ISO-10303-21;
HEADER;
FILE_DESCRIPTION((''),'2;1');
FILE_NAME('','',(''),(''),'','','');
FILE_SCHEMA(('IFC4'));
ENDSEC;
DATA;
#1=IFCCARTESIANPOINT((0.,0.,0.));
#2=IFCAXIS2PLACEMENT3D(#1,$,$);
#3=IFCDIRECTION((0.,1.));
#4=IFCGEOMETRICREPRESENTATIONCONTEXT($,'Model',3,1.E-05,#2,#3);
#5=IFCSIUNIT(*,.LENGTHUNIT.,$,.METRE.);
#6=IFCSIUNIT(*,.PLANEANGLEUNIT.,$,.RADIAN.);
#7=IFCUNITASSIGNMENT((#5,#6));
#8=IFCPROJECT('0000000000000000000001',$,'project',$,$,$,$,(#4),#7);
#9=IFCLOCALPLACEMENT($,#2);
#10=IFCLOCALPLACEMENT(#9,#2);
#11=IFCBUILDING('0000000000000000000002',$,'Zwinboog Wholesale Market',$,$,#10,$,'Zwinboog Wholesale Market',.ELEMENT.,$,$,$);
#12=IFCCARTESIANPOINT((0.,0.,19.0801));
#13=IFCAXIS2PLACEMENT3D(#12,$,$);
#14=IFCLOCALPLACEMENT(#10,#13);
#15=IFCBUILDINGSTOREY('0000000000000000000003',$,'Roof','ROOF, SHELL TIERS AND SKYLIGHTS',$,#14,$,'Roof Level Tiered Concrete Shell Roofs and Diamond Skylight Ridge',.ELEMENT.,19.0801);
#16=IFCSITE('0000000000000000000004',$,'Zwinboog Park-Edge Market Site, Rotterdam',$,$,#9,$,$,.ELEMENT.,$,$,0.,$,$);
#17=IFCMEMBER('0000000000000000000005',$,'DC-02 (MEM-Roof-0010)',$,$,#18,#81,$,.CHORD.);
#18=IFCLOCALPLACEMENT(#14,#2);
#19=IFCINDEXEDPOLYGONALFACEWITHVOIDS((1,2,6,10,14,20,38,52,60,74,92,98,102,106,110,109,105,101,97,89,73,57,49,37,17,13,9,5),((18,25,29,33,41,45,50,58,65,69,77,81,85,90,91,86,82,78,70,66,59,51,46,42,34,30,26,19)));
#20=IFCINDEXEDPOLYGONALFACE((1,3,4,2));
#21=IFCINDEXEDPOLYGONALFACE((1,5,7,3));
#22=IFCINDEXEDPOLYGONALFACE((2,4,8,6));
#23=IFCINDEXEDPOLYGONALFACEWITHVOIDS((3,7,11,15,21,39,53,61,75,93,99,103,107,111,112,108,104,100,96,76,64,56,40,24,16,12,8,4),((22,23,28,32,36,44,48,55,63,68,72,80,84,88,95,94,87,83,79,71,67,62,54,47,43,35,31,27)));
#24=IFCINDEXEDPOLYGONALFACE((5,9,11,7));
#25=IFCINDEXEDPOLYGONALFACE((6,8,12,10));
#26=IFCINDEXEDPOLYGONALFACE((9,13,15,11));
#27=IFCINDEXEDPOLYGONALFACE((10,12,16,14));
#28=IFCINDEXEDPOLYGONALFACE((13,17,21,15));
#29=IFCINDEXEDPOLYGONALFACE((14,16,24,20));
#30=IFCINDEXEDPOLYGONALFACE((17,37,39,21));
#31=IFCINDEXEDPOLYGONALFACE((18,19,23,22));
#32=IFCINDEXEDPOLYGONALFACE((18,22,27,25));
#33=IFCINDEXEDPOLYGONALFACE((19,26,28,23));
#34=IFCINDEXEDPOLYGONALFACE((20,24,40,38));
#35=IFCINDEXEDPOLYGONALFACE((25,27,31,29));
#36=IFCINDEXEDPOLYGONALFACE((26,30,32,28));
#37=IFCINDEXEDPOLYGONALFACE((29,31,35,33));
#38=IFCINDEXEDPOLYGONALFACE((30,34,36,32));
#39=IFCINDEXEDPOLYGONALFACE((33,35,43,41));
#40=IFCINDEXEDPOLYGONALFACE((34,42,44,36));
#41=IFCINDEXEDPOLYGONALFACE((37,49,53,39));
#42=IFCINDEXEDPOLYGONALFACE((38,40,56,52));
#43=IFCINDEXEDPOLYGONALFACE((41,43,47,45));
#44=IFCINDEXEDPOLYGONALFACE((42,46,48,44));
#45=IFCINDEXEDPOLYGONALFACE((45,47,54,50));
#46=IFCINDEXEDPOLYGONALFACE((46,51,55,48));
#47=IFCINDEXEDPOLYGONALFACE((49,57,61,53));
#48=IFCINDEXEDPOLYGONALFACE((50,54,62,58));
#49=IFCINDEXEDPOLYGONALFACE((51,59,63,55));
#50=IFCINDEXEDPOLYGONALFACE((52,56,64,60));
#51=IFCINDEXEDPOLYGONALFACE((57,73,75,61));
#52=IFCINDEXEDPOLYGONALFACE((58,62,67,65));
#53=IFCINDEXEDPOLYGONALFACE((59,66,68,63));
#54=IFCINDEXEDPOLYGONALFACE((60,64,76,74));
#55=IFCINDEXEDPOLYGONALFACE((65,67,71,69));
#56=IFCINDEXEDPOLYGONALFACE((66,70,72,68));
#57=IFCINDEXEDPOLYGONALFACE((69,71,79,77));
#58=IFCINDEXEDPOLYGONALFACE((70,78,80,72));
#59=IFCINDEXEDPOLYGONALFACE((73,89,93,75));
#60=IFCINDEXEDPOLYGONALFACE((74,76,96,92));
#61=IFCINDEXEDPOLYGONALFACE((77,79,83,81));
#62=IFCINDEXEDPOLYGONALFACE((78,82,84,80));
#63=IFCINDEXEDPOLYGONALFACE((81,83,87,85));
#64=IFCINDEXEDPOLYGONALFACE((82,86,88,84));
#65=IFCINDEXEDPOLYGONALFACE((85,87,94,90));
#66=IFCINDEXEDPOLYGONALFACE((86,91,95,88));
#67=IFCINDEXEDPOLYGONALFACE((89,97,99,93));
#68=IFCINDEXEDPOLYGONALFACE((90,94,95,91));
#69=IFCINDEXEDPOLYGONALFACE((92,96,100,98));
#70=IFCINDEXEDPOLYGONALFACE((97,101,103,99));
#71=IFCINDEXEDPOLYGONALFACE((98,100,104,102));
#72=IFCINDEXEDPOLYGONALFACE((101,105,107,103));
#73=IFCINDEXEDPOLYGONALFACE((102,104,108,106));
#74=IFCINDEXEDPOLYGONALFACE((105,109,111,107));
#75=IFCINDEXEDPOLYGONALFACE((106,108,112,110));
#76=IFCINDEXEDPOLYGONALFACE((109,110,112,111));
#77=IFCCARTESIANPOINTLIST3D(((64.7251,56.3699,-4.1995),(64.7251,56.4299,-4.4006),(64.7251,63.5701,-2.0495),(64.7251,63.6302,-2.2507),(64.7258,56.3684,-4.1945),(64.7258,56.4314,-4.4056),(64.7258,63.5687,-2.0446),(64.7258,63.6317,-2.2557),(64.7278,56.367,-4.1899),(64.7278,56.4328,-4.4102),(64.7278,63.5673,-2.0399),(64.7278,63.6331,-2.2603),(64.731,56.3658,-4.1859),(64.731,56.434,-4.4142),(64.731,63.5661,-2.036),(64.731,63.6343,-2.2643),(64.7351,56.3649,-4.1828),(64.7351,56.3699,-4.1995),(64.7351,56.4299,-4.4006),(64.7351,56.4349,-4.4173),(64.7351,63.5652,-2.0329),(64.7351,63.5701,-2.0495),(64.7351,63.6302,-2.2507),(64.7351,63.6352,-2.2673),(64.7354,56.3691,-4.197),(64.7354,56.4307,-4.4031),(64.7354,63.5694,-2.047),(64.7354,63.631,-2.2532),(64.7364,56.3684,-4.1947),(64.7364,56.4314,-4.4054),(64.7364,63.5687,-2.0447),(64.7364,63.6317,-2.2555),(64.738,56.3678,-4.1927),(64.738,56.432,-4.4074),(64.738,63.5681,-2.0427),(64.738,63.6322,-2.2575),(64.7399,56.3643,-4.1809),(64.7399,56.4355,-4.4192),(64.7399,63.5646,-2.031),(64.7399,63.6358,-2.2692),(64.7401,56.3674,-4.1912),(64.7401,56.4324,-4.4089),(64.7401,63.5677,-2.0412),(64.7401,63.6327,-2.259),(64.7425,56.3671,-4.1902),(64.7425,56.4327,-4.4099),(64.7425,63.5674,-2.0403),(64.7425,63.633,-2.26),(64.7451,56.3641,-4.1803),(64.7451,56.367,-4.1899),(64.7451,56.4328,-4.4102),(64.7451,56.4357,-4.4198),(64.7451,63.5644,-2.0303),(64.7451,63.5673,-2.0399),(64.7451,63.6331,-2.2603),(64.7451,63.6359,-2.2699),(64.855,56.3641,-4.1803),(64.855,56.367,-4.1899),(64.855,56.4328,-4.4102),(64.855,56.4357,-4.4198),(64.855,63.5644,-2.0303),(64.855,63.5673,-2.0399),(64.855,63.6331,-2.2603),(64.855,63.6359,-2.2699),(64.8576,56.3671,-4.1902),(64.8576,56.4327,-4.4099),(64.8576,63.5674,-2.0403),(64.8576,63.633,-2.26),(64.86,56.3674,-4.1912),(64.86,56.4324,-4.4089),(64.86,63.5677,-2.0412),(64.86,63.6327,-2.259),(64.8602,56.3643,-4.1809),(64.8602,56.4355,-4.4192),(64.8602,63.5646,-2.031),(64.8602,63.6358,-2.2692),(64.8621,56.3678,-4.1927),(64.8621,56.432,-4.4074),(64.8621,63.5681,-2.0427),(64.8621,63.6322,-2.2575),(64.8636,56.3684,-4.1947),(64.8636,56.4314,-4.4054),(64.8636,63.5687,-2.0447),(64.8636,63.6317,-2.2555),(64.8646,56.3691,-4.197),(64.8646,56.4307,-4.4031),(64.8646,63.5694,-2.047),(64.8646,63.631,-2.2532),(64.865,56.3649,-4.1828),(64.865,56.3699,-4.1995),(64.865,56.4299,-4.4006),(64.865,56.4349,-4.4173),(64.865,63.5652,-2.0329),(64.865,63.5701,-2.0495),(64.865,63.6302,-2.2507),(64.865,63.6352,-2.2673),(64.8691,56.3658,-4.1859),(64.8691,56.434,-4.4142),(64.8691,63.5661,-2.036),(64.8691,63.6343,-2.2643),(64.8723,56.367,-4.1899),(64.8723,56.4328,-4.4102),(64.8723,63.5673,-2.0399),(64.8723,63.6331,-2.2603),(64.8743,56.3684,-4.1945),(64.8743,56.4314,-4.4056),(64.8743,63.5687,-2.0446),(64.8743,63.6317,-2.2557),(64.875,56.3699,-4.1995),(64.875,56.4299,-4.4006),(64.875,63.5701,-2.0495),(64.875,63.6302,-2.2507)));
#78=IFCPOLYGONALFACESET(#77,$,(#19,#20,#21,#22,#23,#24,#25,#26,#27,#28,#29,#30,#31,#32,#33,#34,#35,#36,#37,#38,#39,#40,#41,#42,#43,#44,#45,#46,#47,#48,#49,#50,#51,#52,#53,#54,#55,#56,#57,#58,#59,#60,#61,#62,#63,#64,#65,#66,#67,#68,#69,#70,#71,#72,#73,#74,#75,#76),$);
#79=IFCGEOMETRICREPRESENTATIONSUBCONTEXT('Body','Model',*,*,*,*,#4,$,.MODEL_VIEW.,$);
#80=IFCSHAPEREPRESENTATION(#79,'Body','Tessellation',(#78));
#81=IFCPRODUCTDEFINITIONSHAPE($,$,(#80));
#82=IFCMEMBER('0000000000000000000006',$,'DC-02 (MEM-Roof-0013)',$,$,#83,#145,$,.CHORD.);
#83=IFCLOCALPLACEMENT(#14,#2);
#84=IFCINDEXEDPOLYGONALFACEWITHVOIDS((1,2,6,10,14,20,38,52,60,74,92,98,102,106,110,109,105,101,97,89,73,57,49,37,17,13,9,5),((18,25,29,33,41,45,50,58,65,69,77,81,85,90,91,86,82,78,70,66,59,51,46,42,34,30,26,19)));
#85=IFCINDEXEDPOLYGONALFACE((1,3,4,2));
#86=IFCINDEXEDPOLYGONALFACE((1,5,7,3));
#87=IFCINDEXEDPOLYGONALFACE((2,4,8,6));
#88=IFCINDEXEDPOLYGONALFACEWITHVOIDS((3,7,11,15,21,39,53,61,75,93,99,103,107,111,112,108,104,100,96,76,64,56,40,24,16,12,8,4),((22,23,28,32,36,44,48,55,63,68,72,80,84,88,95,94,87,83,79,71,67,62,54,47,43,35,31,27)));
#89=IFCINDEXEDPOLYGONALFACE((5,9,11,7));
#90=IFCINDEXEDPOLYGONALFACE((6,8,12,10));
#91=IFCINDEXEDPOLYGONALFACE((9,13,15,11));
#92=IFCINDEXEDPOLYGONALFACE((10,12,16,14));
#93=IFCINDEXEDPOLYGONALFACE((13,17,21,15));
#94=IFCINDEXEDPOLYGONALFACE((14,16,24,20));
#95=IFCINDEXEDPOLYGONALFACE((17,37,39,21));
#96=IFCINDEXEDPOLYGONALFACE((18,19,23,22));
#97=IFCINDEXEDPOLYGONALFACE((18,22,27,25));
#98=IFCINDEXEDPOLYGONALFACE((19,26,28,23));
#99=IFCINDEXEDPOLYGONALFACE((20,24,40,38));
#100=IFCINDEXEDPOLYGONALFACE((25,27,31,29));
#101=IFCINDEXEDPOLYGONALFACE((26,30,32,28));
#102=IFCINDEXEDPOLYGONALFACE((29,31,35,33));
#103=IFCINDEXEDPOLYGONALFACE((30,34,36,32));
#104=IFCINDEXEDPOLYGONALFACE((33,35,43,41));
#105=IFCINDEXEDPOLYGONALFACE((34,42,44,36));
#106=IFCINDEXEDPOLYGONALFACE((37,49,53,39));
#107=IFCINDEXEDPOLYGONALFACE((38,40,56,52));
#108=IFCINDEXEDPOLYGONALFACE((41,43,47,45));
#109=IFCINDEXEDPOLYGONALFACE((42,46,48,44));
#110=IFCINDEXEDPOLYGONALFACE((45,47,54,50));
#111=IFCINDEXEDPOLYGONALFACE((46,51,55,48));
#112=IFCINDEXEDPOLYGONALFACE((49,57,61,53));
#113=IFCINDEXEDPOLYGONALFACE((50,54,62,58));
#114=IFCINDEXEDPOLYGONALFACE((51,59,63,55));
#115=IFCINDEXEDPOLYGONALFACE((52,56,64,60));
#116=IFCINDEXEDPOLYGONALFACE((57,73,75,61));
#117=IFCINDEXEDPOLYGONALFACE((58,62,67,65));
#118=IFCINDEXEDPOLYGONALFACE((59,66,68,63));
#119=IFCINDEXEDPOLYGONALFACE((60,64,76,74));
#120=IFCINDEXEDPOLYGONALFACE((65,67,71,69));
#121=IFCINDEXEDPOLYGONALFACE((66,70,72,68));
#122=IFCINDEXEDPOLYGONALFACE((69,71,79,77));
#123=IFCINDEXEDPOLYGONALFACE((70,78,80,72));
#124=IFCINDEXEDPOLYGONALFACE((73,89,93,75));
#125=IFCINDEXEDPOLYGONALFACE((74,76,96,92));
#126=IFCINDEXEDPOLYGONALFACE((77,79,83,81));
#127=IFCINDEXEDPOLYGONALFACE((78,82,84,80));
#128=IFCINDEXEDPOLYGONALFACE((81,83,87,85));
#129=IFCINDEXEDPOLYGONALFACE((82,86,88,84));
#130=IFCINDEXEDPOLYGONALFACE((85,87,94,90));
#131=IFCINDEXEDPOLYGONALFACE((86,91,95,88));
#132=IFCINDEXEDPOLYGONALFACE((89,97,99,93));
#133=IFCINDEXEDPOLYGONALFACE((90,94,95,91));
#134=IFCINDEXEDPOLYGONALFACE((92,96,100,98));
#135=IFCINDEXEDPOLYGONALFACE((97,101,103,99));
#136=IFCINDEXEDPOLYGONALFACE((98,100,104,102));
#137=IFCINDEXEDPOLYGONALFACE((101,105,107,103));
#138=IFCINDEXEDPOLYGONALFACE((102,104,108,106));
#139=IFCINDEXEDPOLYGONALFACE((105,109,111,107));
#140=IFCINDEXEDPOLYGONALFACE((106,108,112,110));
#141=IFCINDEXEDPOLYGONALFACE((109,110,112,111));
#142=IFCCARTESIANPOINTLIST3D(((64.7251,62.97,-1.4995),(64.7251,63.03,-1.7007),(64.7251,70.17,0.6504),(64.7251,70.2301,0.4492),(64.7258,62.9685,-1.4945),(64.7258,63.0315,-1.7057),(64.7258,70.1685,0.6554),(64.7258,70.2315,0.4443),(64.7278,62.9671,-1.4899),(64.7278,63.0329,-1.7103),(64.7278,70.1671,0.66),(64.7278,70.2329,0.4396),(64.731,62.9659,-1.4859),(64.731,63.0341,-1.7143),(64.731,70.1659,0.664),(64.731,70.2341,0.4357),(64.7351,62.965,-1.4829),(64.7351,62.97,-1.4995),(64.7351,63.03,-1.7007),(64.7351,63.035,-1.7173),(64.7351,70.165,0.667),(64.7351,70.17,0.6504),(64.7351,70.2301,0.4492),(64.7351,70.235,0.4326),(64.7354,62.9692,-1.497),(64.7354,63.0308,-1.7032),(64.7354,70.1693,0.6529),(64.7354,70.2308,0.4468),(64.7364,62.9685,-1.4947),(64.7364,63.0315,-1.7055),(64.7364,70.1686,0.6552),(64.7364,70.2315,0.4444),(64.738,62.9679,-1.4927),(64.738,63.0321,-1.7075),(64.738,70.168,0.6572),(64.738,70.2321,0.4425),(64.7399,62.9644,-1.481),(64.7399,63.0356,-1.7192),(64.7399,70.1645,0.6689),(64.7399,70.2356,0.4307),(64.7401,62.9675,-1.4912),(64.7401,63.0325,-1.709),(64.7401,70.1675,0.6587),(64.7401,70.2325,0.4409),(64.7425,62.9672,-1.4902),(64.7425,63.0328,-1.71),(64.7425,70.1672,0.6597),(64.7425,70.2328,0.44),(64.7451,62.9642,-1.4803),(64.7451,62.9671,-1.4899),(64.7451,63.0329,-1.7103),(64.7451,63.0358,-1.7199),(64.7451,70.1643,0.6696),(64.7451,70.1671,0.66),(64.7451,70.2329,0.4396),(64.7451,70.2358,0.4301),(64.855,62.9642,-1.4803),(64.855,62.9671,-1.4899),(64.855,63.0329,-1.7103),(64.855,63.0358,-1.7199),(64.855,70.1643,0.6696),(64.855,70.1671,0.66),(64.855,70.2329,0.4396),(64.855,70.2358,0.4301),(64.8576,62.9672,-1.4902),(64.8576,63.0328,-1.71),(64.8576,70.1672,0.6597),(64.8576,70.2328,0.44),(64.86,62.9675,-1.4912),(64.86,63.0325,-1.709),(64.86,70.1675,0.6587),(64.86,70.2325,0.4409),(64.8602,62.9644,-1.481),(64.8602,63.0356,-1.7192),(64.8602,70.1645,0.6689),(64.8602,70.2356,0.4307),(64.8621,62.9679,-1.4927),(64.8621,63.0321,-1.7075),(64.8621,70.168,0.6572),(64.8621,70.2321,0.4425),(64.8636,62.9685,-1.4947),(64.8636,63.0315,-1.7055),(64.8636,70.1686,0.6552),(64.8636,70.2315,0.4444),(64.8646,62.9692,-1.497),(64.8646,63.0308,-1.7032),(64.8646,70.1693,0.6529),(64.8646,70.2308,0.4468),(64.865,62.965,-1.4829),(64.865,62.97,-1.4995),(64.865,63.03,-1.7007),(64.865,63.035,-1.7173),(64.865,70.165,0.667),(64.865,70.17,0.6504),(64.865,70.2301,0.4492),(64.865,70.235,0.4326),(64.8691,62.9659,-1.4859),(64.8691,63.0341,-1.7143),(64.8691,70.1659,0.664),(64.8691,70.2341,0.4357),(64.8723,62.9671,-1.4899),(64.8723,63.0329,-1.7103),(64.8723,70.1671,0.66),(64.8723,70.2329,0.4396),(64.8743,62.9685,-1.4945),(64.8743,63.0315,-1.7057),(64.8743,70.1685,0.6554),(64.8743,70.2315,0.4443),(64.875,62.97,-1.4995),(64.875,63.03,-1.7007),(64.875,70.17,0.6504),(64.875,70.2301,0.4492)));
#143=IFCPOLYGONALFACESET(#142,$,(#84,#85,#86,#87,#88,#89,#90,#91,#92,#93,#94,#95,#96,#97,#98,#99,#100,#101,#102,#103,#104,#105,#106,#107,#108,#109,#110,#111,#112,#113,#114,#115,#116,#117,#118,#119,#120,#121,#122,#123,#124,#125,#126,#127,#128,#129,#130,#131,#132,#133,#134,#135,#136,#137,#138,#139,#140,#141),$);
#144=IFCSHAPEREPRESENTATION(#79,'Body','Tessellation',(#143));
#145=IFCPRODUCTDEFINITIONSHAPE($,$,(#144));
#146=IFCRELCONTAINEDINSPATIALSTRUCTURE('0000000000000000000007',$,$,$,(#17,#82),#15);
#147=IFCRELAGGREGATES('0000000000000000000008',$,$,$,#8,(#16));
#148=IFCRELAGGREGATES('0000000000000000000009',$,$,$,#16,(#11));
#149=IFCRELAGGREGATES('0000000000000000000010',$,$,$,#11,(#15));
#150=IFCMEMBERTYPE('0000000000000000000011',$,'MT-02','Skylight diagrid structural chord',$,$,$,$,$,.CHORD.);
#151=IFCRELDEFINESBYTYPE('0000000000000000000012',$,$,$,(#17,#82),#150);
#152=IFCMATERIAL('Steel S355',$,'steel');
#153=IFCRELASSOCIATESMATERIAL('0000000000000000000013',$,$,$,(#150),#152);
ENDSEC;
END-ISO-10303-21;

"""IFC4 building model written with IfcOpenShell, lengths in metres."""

from ifc_helpers import new_model, si_unit, direction, frame, origin, origin_2d, place, context, subcontext, project, spatial, hollow_rectangle, extrude, material, material_profile, profile_set, type_object, element, save


model = new_model("IFC4")

# Units and contexts
model_context = context("Model", 3, precision=1e-05, world=origin(), true_north=direction((0.0, 1.0)))
body_context = subcontext(model_context, "Body", "Model", "MODEL_VIEW")
ifc_project = project(units=[si_unit("LENGTHUNIT", "METRE"), si_unit("PLANEANGLEUNIT", "RADIAN")], contexts=[model_context])

# Site, building, storey
site_placement = place(None, origin())
site = spatial("IfcSite", under=ifc_project, at=site_placement, Name="Zwinboog Park-Edge Market Site, Rotterdam", CompositionType="ELEMENT", RefElevation=0.0)
building_placement = place(site_placement, origin())
building = spatial("IfcBuilding", under=site, at=building_placement, Name="Zwinboog Wholesale Market", LongName="Zwinboog Wholesale Market", CompositionType="ELEMENT")
storey_placement = place(building_placement, frame((0.0, 0.0, 19.0801)))
storey = spatial("IfcBuildingStorey", under=building, at=storey_placement, Name="Roof", Description="ROOF, SHELL TIERS AND SKYLIGHTS", LongName="Roof Level Tiered Concrete Shell Roofs and Diamond Skylight Ridge", CompositionType="ELEMENT", Elevation=19.0801)

# Members
ifc_material_1 = material(Name="Steel S355", Category="steel")
ifc_material_profile_1 = material_profile(ifc_material_1, hollow_rectangle(XDim=0.1499, YDim=0.25, WallThickness=0.01, InnerFilletRadius=0.01, OuterFilletRadius=0.02, at=origin_2d()), Name="RHS 250x150x10")
ifc_profile_set_1 = profile_set([ifc_material_profile_1], Name="Steel S355")
member_type_1 = type_object("IfcMemberType", Name="MT-02", Description="Skylight diagrid structural chord", PredefinedType="CHORD", material=ifc_profile_set_1)
member_1_placement = place(storey_placement, frame((64.8, 56.3999, -4.3), z_axis=(0.0, 0.958197, 0.286108), x_axis=(-1.0, 0.0, 0.0)))
element("IfcMember", 1, at=member_1_placement, inside=storey, type_object=member_type_1, Name="DC-02 (MEM-Roof-0010)", PredefinedType="CHORD", context=body_context, shape_type="SweptSolid", body=[
    extrude(hollow_rectangle(XDim=0.1499, YDim=0.25, WallThickness=0.01, InnerFilletRadius=0.01, OuterFilletRadius=0.02, at=origin_2d()), origin(), (0.0, 0.0, 1.0), 7.5144),
])
member_2_placement = place(storey_placement, frame((64.8, 63.0, -1.6001), z_axis=(0.0, 0.958195, 0.286117), x_axis=(-1.0, 0.0, 0.0)))
element("IfcMember", 2, at=member_2_placement, inside=storey, type_object=member_type_1, Name="DC-02 (MEM-Roof-0013)", PredefinedType="CHORD", context=body_context, shape_type="SweptSolid", body=[
    extrude(hollow_rectangle(XDim=0.1499, YDim=0.25, WallThickness=0.01, InnerFilletRadius=0.01, OuterFilletRadius=0.02, at=origin_2d()), origin(), (0.0, 0.0, 1.0), 7.5142),
])

save(model, "model.ifc")
